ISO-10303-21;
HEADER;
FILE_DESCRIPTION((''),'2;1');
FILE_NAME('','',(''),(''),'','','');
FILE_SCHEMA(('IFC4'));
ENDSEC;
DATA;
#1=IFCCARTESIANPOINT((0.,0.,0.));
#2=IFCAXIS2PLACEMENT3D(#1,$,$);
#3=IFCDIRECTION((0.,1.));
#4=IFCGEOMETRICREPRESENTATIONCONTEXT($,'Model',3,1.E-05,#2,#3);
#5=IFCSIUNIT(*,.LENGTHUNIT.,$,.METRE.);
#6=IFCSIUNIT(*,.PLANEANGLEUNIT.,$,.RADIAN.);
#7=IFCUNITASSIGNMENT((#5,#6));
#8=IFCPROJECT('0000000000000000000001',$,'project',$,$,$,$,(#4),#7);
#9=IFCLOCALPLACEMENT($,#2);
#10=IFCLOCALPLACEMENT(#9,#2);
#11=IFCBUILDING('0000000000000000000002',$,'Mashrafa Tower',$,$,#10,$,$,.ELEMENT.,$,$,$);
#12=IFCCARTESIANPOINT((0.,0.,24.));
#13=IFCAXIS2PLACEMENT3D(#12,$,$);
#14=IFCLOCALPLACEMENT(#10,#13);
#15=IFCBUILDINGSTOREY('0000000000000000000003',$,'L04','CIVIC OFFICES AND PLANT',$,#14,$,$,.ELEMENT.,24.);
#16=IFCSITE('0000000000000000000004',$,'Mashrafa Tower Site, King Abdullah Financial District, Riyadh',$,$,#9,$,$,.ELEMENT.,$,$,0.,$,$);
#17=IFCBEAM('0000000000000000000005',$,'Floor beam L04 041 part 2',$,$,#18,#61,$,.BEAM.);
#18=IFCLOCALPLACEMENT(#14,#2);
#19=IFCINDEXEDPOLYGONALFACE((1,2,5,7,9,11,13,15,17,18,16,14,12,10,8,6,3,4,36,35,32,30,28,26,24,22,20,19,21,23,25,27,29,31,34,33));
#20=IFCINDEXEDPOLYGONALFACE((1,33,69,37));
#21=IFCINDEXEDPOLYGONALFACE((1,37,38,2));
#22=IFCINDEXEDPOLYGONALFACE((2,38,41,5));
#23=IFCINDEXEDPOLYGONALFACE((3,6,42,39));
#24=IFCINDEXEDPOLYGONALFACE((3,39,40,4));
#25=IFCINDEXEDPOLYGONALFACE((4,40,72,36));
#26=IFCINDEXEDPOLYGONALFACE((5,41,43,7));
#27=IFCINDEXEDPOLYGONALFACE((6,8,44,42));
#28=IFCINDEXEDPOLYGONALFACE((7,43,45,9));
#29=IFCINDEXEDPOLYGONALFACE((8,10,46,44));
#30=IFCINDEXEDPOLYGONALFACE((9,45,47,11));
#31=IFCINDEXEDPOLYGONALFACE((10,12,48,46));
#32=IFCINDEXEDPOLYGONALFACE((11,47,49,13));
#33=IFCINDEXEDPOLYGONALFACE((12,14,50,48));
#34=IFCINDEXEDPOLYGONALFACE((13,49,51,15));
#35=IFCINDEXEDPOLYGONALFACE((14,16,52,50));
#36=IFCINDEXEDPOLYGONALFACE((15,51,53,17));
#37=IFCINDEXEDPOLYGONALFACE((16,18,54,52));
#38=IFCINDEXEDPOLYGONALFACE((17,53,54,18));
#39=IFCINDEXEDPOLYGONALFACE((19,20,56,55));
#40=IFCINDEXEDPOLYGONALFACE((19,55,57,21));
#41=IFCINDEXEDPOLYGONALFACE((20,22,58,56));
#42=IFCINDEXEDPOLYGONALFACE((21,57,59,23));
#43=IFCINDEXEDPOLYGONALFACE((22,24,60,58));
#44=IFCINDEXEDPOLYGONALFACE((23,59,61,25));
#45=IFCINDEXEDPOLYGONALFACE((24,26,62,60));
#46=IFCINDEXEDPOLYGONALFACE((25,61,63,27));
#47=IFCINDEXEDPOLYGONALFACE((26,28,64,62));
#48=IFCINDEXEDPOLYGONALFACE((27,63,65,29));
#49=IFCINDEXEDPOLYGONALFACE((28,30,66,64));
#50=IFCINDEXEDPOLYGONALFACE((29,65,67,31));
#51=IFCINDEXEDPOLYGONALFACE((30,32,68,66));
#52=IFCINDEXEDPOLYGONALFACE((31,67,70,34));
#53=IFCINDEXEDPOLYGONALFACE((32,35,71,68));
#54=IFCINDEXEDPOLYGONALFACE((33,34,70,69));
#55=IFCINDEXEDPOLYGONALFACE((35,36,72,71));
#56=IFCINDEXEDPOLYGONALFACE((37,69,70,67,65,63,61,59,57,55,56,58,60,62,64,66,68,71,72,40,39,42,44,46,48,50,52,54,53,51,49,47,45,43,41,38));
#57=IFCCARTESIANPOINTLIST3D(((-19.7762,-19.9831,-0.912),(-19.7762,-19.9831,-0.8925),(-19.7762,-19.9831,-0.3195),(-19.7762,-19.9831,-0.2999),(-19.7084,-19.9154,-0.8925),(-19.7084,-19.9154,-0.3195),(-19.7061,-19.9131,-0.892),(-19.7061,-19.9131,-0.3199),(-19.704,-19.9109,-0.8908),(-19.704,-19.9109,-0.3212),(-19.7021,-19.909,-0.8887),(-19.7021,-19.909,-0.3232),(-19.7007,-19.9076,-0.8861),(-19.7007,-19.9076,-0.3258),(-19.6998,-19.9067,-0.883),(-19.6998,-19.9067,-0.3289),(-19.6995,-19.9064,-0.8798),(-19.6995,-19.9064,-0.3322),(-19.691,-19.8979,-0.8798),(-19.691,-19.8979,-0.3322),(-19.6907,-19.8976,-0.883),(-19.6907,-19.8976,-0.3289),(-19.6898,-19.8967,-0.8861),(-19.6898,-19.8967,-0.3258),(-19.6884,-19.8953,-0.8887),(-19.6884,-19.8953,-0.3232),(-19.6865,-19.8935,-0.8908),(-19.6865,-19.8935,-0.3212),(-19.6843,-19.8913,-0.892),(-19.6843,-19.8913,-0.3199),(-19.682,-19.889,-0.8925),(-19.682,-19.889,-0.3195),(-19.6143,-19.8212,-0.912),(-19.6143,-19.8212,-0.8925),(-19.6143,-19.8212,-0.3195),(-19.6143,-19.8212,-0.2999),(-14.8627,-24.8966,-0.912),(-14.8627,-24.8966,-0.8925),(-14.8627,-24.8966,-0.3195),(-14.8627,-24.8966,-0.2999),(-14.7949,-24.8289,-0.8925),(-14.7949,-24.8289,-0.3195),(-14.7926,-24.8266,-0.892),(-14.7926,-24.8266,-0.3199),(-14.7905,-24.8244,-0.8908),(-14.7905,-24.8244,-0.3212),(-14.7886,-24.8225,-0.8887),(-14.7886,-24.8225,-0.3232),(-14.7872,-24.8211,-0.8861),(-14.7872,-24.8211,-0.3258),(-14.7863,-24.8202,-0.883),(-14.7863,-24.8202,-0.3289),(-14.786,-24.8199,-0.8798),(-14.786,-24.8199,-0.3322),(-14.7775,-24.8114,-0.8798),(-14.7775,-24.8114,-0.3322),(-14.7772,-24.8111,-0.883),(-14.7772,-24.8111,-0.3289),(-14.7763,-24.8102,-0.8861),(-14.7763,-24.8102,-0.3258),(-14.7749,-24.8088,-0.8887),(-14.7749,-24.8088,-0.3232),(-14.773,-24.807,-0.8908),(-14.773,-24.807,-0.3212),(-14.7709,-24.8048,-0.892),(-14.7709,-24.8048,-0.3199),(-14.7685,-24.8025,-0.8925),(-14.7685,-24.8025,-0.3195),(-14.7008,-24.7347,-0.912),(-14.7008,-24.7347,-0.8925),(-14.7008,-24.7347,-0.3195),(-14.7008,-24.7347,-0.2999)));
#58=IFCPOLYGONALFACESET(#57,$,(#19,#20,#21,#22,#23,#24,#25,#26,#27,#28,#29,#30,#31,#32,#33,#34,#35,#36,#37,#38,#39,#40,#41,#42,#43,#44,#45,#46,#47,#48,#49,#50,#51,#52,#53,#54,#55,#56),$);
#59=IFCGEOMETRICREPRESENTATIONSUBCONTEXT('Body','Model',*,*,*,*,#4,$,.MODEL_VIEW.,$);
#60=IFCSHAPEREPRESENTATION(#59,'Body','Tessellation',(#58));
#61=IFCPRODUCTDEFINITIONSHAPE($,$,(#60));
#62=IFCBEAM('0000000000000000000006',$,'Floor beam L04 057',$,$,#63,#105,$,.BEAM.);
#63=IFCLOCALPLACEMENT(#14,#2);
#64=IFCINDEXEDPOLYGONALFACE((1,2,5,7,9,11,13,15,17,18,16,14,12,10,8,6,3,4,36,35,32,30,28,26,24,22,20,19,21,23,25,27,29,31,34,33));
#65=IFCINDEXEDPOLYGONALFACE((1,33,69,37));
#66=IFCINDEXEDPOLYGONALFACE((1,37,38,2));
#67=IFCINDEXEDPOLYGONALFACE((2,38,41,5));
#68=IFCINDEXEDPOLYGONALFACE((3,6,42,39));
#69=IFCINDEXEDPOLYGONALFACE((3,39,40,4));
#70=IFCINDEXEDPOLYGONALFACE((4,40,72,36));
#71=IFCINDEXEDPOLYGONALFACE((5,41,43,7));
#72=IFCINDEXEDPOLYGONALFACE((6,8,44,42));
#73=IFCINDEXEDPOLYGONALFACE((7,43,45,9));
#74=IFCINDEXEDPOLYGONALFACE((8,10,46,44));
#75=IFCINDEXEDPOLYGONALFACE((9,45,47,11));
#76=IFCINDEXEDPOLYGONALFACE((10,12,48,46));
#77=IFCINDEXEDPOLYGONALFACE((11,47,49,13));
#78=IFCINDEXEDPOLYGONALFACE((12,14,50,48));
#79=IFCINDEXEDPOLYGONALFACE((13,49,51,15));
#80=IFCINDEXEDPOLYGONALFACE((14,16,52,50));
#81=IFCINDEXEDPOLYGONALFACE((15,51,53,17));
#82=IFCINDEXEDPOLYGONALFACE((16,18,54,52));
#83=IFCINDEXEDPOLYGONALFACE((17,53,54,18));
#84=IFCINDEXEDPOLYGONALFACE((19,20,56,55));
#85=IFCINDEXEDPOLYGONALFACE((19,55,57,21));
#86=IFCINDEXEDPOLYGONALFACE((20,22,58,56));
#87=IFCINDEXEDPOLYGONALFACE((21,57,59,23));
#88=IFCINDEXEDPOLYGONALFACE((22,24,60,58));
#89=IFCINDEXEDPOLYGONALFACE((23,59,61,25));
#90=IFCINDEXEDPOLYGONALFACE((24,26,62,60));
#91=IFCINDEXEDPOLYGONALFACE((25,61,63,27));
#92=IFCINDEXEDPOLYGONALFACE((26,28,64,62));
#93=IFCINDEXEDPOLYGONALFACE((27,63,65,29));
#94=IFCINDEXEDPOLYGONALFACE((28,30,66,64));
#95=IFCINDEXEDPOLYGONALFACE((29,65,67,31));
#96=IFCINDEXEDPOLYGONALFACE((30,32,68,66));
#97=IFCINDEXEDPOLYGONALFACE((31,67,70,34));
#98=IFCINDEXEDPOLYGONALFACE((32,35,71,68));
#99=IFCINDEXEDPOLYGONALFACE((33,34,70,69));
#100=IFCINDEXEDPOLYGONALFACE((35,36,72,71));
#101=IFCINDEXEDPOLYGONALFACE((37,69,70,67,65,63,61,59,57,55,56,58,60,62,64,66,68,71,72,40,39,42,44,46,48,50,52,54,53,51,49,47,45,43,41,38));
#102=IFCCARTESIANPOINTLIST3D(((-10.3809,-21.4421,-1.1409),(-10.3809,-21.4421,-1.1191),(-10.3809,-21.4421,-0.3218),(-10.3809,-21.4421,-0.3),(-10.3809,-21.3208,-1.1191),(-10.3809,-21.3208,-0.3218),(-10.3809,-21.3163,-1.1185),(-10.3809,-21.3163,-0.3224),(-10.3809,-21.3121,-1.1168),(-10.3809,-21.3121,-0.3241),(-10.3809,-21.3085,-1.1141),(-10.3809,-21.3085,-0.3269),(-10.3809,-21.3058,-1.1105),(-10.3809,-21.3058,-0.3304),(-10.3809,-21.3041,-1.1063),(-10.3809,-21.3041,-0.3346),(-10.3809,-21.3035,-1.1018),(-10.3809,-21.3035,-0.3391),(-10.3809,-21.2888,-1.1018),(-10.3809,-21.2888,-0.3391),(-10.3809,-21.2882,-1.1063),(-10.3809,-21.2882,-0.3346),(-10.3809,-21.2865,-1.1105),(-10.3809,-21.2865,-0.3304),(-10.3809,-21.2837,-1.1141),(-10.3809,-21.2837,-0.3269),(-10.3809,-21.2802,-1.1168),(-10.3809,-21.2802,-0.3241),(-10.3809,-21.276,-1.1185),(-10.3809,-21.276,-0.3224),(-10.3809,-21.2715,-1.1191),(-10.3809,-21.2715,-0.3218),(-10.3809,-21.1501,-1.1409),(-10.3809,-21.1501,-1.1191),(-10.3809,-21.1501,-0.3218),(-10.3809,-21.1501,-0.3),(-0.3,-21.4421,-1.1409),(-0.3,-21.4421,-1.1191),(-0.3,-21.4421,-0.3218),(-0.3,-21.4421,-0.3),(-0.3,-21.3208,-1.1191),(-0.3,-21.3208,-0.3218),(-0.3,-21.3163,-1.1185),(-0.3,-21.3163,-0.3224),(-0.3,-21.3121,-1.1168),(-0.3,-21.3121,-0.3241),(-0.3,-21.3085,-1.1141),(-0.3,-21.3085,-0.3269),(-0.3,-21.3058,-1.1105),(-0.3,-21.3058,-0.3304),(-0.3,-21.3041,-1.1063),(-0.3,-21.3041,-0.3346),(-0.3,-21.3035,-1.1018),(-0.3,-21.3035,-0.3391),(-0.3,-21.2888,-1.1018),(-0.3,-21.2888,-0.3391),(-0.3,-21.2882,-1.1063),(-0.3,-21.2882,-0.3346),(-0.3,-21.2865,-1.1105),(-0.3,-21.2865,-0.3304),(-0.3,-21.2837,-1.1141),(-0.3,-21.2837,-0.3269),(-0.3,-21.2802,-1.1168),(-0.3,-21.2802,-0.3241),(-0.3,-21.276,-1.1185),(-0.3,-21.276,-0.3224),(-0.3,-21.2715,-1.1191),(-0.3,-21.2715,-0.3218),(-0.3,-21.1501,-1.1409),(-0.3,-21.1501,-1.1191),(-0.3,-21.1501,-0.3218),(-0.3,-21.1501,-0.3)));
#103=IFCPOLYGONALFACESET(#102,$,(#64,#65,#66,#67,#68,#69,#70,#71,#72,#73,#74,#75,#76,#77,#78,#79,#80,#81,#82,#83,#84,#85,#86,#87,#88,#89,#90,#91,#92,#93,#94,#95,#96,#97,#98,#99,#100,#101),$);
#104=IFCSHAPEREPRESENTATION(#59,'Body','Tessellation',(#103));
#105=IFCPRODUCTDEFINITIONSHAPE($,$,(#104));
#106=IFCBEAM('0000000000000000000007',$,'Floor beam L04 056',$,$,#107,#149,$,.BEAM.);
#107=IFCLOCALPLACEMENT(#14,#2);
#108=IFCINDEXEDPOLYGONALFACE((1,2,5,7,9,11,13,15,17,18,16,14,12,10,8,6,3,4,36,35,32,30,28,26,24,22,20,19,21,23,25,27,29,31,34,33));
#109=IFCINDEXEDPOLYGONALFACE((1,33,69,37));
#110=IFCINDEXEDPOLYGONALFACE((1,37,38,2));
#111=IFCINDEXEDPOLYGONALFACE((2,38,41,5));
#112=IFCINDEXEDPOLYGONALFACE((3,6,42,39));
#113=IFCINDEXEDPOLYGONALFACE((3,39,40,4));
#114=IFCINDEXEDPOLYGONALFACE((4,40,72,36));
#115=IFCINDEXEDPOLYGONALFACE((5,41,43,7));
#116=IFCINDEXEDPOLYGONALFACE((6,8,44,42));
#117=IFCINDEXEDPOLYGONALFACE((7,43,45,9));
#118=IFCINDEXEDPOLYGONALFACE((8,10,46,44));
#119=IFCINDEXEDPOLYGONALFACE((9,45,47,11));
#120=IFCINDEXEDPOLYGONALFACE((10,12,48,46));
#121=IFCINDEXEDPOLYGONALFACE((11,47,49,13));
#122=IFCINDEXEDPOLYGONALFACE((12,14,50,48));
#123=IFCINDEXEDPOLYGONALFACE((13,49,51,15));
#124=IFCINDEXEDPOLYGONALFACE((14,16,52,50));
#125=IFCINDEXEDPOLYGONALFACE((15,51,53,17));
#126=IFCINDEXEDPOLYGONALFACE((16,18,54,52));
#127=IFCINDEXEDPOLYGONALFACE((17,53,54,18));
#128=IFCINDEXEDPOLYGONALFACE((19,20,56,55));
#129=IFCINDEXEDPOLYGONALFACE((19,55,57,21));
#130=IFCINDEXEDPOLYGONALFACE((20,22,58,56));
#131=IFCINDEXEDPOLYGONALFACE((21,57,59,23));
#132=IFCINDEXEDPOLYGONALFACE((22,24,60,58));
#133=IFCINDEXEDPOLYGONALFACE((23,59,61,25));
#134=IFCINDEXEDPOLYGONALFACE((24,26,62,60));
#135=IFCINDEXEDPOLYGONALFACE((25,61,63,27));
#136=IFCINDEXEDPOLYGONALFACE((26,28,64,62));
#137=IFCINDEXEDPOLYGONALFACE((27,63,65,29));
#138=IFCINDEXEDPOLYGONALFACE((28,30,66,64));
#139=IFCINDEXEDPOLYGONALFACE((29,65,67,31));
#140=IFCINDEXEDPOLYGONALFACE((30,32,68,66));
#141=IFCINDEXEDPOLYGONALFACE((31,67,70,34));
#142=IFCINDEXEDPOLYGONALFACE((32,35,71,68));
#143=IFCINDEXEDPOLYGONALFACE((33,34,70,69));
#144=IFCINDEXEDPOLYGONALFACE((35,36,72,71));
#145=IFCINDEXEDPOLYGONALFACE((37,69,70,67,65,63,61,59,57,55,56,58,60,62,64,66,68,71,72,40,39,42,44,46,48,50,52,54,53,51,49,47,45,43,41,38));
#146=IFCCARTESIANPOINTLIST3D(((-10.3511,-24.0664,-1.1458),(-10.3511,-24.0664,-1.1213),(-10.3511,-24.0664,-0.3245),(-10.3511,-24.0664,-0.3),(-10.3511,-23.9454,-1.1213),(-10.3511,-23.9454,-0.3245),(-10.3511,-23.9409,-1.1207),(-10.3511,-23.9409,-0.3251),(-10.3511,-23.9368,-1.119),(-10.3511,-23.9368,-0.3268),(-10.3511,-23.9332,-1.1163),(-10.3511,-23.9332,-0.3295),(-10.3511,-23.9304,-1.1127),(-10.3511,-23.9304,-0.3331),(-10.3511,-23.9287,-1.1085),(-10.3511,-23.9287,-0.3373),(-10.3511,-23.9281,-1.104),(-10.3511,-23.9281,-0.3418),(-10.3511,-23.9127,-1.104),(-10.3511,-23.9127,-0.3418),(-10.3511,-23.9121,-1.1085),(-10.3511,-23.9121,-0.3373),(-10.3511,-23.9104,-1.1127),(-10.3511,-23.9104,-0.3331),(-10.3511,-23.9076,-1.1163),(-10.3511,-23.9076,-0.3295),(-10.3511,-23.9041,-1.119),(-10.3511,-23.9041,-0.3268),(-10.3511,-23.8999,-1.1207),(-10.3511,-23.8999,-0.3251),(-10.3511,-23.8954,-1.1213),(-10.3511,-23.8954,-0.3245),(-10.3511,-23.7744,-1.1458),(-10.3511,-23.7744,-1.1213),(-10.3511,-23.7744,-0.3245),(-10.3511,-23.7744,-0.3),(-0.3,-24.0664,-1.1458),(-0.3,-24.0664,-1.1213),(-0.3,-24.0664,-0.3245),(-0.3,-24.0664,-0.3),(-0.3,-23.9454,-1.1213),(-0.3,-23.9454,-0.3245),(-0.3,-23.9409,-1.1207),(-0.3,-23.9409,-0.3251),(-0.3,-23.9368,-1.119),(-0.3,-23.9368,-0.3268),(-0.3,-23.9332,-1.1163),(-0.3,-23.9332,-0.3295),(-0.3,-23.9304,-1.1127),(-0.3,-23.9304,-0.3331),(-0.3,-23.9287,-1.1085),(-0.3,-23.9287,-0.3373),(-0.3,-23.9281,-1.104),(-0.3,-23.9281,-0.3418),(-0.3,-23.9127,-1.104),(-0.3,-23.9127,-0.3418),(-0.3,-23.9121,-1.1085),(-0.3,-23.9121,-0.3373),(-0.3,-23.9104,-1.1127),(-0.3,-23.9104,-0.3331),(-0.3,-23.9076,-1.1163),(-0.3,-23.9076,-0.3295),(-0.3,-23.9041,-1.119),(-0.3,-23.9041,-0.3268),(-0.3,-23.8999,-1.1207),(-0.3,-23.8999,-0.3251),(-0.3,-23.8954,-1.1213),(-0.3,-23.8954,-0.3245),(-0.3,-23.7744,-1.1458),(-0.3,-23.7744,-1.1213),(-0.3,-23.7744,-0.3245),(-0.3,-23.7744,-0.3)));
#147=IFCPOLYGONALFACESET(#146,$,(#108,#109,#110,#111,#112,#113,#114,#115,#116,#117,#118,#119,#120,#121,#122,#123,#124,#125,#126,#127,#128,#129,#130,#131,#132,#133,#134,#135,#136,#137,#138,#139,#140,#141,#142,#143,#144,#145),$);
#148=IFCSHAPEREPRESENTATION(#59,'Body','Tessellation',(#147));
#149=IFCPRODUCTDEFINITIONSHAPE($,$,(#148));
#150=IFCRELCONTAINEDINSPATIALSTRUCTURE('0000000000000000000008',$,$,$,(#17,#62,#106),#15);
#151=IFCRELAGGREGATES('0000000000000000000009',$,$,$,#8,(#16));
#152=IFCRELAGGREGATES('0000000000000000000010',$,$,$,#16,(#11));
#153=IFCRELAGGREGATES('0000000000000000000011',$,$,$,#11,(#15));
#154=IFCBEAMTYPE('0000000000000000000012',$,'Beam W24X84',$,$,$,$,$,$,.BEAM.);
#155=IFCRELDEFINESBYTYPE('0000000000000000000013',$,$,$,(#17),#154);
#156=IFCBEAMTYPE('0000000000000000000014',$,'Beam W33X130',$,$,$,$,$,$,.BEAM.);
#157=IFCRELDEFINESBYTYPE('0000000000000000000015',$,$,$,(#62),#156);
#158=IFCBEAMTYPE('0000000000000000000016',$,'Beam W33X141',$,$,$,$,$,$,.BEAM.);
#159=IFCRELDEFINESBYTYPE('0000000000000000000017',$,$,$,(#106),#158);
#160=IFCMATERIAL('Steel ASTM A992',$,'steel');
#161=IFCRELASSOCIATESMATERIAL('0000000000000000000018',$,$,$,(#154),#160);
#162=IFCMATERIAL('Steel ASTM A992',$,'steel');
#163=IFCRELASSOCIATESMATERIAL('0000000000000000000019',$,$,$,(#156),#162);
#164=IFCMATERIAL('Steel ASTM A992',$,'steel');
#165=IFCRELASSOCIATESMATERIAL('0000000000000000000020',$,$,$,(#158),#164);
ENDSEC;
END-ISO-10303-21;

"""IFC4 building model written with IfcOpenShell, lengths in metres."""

from ifc_helpers import new_model, si_unit, direction, frame, origin, origin_2d, place, context, subcontext, project, spatial, i_section, extrude, material, material_profile, profile_set, type_object, element, save


model = new_model("IFC4")

# Units and contexts
model_context = context("Model", 3, precision=1e-05, world=origin(), true_north=direction((0.0, 1.0)))
body_context = subcontext(model_context, "Body", "Model", "MODEL_VIEW")
ifc_project = project(units=[si_unit("LENGTHUNIT", "METRE"), si_unit("PLANEANGLEUNIT", "RADIAN")], contexts=[model_context])

# Site, building, storey
site_placement = place(None, origin())
site = spatial("IfcSite", under=ifc_project, at=site_placement, Name="Mashrafa Tower Site, King Abdullah Financial District, Riyadh", CompositionType="ELEMENT", RefElevation=0.0)
building_placement = place(site_placement, origin())
building = spatial("IfcBuilding", under=site, at=building_placement, Name="Mashrafa Tower", CompositionType="ELEMENT")
storey_placement = place(building_placement, frame((0.0, 0.0, 24.0)))
storey = spatial("IfcBuildingStorey", under=building, at=storey_placement, Name="L04", Description="CIVIC OFFICES AND PLANT", CompositionType="ELEMENT", Elevation=24.0)

# Beams
ifc_material_1 = material(Name="Steel ASTM A992", Category="steel")
ifc_material_profile_1 = material_profile(ifc_material_1, i_section(OverallWidth=0.229, OverallDepth=0.6121, WebThickness=0.012, FlangeThickness=0.0195, FilletRadius=0.0127, at=origin_2d()), Name="W24X84")
ifc_profile_set_1 = profile_set([ifc_material_profile_1], Name="Steel ASTM A992")
beam_type_1 = type_object("IfcBeamType", Name="Beam W24X84", PredefinedType="BEAM", material=ifc_profile_set_1)
beam_1_placement = place(storey_placement, frame((-14.7817, -24.8157, -0.606), z_axis=(-0.707107, 0.707107, 0.0), x_axis=(-0.707107, -0.707107, 0.0)))
element("IfcBeam", 1, at=beam_1_placement, inside=storey, type_object=beam_type_1, Name="Floor beam L04 041 part 2", PredefinedType="BEAM", context=body_context, shape_type="SweptSolid", body=[
    extrude(i_section(OverallWidth=0.229, OverallDepth=0.6121, WebThickness=0.012, FlangeThickness=0.0195, FilletRadius=0.0127, at=origin_2d()), origin(), (0.0, 0.0, 1.0), 6.9487),
])
ifc_material_2 = material(Name="Steel ASTM A992", Category="steel")
ifc_material_profile_2 = material_profile(ifc_material_2, i_section(OverallWidth=0.292, OverallDepth=0.8408, WebThickness=0.0146, FlangeThickness=0.0217, FilletRadius=0.0173, at=origin_2d()), Name="W33X130")
ifc_profile_set_2 = profile_set([ifc_material_profile_2], Name="Steel ASTM A992")
beam_type_2 = type_object("IfcBeamType", Name="Beam W33X130", PredefinedType="BEAM", material=ifc_profile_set_2)
beam_2_placement = place(storey_placement, frame((-0.3, -21.2961, -0.7205), z_axis=(-1.0, 0.0, 0.0), x_axis=(0.0, -1.0, 0.0)))
element("IfcBeam", 2, at=beam_2_placement, inside=storey, type_object=beam_type_2, Name="Floor beam L04 057", PredefinedType="BEAM", context=body_context, shape_type="SweptSolid", body=[
    extrude(i_section(OverallWidth=0.292, OverallDepth=0.8408, WebThickness=0.0146, FlangeThickness=0.0217, FilletRadius=0.0173, at=origin_2d()), origin(), (0.0, 0.0, 1.0), 10.0808),
])
ifc_material_3 = material(Name="Steel ASTM A992", Category="steel")
ifc_material_profile_3 = material_profile(ifc_material_3, i_section(OverallWidth=0.292, OverallDepth=0.8457, WebThickness=0.0154, FlangeThickness=0.0244, FilletRadius=0.0173, at=origin_2d()), Name="W33X141")
ifc_profile_set_3 = profile_set([ifc_material_profile_3], Name="Steel ASTM A992")
beam_type_3 = type_object("IfcBeamType", Name="Beam W33X141", PredefinedType="BEAM", material=ifc_profile_set_3)
beam_3_placement = place(storey_placement, frame((-0.3, -23.9204, -0.7229), z_axis=(-1.0, 0.0, 0.0), x_axis=(0.0, -1.0, 0.0)))
element("IfcBeam", 3, at=beam_3_placement, inside=storey, type_object=beam_type_3, Name="Floor beam L04 056", PredefinedType="BEAM", context=body_context, shape_type="SweptSolid", body=[
    extrude(i_section(OverallWidth=0.292, OverallDepth=0.8457, WebThickness=0.0154, FlangeThickness=0.0244, FilletRadius=0.0173, at=origin_2d()), origin(), (0.0, 0.0, 1.0), 10.051),
])

save(model, "model.ifc")
